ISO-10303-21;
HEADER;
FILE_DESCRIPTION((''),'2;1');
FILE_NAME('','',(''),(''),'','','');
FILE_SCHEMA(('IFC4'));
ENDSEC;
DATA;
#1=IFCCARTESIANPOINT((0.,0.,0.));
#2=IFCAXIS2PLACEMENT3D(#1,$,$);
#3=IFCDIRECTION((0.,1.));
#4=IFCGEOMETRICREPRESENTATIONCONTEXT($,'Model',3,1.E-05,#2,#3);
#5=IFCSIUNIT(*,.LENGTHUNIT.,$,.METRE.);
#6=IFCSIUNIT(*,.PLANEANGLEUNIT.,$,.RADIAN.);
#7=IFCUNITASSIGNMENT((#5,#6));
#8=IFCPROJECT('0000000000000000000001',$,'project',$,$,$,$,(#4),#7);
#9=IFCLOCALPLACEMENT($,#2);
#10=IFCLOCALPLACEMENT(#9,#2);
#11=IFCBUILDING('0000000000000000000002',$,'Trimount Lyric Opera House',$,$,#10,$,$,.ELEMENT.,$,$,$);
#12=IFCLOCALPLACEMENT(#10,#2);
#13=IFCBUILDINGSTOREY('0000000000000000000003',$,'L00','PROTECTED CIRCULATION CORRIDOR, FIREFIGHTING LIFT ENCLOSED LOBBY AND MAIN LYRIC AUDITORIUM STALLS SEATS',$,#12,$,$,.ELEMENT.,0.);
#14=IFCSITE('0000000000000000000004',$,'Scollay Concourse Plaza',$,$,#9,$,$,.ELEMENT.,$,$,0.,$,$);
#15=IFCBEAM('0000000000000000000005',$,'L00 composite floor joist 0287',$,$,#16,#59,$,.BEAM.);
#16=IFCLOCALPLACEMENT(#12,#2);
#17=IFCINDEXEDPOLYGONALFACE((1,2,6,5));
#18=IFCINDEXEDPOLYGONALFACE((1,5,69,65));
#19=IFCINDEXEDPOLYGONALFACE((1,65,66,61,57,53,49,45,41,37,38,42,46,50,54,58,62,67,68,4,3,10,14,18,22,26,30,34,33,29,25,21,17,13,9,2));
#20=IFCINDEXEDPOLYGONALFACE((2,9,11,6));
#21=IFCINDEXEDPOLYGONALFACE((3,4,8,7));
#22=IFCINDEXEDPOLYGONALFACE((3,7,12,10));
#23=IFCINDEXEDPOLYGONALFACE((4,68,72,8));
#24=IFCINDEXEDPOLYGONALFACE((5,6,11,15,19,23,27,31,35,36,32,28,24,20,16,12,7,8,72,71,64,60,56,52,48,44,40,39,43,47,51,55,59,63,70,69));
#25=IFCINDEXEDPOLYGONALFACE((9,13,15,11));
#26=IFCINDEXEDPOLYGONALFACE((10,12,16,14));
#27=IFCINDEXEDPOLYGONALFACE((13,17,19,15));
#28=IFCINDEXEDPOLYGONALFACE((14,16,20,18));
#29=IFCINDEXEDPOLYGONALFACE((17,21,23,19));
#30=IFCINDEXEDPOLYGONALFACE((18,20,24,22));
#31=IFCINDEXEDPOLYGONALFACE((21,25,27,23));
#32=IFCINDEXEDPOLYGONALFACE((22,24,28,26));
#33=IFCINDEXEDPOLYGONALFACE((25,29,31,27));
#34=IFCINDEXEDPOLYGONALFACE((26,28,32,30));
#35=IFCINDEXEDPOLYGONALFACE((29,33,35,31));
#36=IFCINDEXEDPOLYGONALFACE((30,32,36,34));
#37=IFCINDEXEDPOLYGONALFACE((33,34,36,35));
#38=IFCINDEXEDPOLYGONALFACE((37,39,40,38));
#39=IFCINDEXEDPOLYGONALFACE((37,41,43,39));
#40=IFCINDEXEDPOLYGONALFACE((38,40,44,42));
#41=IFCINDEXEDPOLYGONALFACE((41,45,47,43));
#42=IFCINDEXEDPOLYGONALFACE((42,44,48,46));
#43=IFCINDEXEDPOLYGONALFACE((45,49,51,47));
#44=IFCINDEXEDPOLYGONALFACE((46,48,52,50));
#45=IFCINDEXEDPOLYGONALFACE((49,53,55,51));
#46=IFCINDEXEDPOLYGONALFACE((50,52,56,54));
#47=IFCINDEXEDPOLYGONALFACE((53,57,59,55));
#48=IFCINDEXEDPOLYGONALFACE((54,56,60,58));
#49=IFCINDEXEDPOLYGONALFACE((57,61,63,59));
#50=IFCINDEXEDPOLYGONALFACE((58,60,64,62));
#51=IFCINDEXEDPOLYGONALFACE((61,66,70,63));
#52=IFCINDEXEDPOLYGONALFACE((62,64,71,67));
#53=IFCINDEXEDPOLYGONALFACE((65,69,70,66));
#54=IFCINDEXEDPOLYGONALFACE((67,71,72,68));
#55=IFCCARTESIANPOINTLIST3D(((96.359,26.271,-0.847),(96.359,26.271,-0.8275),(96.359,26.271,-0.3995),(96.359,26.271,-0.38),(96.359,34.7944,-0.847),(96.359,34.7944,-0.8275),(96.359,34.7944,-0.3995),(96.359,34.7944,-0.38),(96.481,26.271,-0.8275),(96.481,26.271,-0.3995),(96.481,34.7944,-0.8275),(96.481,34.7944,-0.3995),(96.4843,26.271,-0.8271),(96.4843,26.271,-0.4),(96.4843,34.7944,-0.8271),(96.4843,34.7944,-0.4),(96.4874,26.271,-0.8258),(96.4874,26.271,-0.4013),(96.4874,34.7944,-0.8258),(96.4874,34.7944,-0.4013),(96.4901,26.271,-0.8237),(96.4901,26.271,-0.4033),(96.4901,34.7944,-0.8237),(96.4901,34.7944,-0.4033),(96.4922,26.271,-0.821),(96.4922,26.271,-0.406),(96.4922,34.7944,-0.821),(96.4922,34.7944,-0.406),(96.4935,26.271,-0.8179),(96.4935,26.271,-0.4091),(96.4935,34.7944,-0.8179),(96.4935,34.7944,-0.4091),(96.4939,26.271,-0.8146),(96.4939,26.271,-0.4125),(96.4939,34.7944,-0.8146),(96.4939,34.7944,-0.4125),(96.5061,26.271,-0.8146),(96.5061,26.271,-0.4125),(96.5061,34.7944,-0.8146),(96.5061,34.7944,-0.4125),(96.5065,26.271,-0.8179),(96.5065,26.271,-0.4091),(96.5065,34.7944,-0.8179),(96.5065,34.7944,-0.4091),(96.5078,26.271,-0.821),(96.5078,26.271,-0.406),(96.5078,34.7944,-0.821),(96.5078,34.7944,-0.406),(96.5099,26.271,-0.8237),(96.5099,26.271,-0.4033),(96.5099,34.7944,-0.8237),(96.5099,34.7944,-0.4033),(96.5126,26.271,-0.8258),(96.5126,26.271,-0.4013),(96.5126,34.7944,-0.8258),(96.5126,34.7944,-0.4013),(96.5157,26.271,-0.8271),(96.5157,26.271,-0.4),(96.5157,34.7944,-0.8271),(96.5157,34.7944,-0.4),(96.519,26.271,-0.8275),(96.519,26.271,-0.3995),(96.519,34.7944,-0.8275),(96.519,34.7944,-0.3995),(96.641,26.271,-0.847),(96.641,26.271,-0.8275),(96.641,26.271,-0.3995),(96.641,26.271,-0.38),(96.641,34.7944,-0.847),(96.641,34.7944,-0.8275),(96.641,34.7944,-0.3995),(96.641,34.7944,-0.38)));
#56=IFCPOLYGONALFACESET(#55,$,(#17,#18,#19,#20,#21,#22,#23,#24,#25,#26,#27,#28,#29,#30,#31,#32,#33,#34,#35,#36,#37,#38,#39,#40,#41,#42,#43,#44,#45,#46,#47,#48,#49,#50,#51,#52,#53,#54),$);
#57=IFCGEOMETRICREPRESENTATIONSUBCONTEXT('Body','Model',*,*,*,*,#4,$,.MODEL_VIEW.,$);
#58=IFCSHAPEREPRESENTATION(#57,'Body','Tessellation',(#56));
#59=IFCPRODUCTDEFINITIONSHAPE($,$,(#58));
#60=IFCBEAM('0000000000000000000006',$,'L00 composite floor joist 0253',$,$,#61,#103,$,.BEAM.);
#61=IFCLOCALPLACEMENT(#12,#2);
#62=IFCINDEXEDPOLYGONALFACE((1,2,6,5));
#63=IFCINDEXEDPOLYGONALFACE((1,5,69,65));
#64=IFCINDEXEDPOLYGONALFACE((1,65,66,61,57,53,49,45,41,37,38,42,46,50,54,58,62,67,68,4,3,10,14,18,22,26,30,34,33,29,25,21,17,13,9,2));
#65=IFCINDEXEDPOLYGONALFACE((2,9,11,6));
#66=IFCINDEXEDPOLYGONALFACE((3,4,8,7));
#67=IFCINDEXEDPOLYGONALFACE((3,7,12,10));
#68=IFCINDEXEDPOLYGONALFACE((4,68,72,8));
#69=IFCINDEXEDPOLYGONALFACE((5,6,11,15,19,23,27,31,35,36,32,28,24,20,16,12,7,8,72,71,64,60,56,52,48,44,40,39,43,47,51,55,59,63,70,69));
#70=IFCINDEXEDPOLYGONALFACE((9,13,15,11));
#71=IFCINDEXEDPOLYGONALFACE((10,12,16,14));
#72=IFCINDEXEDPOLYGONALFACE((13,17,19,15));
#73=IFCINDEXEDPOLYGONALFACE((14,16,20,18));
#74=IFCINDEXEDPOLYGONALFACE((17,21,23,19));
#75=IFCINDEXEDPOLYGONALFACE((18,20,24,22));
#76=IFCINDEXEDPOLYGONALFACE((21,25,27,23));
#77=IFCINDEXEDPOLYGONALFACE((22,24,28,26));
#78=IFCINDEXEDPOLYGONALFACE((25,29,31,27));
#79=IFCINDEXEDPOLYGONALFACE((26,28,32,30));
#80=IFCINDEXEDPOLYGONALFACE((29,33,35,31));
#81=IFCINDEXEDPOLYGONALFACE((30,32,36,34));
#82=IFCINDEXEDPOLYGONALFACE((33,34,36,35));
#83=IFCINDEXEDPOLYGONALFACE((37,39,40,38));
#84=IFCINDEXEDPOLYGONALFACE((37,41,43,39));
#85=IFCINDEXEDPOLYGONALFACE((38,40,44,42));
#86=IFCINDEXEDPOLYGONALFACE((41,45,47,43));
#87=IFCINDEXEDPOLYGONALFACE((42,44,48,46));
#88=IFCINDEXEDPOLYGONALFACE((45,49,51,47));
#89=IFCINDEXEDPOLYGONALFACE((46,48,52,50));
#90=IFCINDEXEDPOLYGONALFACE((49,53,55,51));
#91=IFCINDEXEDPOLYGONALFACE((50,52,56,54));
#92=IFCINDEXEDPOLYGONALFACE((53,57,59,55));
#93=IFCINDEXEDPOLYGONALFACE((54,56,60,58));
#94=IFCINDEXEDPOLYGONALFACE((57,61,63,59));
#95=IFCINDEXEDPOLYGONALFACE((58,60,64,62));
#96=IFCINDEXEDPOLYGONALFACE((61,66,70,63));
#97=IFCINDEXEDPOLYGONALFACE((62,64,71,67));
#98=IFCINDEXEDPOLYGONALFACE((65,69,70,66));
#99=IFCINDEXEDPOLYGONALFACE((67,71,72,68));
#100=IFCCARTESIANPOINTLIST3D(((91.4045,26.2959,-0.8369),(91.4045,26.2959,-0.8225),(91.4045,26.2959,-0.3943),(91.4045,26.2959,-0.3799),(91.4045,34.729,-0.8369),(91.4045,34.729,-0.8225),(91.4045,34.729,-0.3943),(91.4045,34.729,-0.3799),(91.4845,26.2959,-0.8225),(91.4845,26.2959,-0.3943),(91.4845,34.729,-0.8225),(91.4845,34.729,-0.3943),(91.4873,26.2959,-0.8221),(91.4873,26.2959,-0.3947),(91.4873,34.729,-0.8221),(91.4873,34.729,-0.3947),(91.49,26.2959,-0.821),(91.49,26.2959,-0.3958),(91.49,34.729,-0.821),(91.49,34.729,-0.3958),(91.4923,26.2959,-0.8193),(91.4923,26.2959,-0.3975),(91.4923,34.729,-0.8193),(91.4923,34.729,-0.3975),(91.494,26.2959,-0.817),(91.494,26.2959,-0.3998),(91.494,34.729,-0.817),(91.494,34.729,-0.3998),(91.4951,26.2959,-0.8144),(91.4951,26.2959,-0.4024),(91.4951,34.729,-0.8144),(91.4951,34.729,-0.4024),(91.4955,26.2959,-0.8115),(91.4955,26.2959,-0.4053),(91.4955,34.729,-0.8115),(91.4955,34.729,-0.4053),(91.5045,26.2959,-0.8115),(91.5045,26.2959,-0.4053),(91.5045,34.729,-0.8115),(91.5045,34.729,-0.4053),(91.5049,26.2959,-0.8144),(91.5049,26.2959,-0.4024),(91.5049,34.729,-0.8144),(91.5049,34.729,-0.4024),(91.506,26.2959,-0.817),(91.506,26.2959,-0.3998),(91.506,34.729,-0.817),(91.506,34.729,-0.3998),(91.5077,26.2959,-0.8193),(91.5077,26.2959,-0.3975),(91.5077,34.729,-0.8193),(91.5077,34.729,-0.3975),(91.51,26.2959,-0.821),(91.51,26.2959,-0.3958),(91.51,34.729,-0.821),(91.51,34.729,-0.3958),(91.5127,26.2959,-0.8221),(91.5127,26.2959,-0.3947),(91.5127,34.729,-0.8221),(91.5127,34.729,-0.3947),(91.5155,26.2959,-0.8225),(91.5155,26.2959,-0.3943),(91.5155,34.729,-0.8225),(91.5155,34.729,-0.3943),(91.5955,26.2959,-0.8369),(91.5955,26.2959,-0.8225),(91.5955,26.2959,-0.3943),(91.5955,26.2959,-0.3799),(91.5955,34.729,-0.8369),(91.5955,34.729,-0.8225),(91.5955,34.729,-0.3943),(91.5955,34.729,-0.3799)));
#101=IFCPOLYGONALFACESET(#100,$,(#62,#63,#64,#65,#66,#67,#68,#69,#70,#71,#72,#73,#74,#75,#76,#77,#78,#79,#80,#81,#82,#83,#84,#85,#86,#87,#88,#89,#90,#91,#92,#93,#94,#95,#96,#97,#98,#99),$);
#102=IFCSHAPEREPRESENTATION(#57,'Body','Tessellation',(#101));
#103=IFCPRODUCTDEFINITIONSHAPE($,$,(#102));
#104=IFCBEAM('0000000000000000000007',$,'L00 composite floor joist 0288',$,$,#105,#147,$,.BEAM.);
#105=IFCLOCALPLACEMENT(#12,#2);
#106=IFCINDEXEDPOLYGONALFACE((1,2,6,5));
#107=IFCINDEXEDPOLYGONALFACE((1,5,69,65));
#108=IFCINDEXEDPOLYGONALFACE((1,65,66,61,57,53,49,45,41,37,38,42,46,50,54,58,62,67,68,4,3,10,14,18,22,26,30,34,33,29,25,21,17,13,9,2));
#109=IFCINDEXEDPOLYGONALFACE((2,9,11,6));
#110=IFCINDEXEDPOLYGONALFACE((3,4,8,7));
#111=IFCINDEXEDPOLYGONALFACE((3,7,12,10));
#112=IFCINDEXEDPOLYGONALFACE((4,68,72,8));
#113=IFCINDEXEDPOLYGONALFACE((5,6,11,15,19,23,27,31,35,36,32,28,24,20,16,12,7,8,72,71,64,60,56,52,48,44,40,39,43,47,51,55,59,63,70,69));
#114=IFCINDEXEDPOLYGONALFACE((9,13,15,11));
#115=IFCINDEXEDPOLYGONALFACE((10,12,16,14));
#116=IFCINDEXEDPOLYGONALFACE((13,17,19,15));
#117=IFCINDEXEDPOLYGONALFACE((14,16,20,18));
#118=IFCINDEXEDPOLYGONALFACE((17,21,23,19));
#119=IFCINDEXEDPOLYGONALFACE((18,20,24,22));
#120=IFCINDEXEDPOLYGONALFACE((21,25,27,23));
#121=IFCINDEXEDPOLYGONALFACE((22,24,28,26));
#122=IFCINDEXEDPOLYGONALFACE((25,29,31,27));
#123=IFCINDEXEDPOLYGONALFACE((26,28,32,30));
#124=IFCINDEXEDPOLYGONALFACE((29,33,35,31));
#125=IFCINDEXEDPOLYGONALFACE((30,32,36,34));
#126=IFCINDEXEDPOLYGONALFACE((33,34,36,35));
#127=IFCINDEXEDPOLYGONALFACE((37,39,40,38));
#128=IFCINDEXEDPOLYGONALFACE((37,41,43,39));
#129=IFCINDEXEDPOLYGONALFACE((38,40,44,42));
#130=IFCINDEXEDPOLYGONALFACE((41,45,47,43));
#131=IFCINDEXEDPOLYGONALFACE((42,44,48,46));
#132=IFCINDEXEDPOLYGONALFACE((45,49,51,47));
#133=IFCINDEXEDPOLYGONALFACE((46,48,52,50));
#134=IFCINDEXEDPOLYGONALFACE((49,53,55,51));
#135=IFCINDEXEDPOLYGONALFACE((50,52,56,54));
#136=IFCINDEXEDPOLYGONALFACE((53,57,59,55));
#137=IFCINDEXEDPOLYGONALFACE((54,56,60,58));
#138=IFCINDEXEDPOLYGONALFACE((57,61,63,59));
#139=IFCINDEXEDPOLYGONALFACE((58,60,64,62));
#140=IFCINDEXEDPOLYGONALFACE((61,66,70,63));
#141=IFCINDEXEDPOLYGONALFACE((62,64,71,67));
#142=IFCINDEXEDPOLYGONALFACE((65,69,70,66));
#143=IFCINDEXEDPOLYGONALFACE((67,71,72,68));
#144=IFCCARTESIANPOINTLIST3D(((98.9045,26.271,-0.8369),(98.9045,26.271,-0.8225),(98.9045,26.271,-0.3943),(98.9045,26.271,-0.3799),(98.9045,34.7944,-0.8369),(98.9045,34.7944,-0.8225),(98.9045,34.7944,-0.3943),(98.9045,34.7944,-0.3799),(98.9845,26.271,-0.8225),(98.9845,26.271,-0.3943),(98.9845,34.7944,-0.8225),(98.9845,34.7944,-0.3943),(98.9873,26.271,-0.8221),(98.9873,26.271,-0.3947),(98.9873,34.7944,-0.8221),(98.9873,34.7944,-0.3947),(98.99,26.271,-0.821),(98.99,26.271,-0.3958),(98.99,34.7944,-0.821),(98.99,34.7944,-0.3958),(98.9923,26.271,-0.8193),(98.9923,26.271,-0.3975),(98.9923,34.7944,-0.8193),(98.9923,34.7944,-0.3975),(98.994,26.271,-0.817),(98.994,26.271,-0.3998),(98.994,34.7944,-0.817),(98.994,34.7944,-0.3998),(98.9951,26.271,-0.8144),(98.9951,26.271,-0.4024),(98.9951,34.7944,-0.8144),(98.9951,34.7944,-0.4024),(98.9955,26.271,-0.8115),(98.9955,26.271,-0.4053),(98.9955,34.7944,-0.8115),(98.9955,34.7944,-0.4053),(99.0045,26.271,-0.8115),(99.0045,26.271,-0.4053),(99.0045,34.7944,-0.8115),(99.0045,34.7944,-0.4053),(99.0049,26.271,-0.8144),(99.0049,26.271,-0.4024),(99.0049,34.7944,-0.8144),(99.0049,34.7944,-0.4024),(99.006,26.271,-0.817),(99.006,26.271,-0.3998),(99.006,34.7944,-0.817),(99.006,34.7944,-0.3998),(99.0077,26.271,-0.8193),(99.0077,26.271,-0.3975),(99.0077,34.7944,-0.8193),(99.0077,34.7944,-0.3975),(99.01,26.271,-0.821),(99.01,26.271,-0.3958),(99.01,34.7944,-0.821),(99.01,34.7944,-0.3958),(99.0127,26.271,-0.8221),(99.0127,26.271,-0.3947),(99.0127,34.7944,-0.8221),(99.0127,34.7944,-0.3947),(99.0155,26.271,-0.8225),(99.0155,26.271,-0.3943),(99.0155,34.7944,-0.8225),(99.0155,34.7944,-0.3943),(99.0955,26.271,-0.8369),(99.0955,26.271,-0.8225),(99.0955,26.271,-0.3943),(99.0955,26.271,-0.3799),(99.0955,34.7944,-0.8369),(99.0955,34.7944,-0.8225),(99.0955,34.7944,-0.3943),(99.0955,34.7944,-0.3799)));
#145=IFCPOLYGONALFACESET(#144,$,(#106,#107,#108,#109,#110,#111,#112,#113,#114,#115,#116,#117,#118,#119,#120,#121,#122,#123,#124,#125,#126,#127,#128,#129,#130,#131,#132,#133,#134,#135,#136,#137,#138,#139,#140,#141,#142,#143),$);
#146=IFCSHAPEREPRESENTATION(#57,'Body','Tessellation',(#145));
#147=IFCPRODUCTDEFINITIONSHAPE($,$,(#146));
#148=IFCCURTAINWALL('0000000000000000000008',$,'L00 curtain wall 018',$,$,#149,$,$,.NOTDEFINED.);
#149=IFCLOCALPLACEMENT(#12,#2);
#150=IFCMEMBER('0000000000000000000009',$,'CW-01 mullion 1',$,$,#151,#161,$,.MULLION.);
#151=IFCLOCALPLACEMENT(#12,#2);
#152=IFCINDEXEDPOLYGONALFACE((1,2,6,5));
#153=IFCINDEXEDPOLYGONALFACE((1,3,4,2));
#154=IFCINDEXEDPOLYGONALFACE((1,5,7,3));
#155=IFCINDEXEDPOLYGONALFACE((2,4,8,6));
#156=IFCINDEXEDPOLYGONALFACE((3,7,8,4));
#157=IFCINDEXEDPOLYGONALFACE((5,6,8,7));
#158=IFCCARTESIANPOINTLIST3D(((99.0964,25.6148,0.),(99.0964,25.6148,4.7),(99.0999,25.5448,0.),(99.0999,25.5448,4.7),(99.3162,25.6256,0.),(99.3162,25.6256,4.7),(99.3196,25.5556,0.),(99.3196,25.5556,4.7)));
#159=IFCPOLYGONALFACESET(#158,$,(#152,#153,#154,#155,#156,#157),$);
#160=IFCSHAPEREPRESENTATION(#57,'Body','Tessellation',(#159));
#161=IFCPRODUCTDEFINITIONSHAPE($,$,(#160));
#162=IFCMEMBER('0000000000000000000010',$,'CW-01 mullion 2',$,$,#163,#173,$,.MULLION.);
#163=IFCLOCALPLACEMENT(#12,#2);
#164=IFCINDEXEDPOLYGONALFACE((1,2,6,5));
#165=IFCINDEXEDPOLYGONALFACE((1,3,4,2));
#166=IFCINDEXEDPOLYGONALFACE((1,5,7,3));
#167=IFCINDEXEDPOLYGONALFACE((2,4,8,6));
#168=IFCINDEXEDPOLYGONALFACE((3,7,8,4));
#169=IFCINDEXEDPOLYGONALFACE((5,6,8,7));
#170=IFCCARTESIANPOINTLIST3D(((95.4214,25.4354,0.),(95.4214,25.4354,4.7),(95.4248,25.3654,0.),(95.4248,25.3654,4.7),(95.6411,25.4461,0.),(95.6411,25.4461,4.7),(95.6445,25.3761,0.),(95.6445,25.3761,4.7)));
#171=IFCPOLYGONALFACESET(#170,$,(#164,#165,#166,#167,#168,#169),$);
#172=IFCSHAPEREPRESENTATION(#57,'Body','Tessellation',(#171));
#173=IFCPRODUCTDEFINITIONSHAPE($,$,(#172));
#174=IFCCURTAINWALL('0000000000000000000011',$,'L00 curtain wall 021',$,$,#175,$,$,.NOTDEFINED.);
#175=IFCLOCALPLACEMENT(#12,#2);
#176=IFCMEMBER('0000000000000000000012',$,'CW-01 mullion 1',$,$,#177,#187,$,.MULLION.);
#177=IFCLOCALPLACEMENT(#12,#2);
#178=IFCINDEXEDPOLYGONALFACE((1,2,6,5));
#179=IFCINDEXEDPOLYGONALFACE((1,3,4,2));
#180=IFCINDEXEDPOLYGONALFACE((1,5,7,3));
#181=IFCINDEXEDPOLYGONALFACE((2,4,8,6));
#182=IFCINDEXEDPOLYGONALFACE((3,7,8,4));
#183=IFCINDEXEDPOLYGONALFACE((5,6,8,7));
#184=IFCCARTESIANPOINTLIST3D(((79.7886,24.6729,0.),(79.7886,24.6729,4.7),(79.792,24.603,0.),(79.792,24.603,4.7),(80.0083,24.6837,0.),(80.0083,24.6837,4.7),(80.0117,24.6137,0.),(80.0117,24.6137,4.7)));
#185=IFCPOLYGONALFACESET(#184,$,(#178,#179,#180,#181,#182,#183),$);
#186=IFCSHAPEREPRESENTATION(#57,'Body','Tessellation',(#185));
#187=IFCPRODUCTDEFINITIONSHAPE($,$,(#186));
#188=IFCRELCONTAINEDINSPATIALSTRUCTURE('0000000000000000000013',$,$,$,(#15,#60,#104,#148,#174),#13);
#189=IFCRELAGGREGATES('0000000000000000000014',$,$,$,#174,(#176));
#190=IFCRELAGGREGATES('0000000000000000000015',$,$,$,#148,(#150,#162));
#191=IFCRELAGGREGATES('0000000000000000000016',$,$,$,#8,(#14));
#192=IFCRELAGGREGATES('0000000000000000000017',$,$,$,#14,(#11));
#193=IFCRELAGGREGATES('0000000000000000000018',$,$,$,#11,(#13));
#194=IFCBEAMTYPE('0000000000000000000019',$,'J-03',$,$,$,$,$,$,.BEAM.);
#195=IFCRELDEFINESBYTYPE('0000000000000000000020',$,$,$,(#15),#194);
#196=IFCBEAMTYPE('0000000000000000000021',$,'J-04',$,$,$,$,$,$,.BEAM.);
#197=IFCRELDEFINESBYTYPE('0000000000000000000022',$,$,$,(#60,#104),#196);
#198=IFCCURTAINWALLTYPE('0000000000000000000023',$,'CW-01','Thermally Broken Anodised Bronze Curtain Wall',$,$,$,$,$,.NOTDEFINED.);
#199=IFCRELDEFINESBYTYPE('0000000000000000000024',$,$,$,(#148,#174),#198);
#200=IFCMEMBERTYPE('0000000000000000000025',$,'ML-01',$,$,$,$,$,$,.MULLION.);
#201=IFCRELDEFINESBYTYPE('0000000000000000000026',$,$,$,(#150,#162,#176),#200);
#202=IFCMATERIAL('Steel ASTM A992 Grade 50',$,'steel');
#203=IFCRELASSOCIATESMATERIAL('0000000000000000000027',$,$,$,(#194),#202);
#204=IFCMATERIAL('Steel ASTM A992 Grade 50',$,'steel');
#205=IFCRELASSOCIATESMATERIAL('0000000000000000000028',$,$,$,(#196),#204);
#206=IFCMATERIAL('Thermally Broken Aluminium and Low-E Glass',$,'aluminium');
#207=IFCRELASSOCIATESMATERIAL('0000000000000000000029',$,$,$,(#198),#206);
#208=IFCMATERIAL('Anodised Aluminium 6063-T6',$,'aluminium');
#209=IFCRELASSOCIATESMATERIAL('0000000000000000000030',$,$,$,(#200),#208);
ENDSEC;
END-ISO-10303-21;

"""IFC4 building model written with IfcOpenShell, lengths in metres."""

from ifc_helpers import new_model, si_unit, direction, frame, origin, origin_2d, place, context, subcontext, project, spatial, rectangle, i_section, extrude, material, material_profile, profile_set, type_object, element, aggregate, save


model = new_model("IFC4")

# Units and contexts
model_context = context("Model", 3, precision=1e-05, world=origin(), true_north=direction((0.0, 1.0)))
body_context = subcontext(model_context, "Body", "Model", "MODEL_VIEW")
ifc_project = project(units=[si_unit("LENGTHUNIT", "METRE"), si_unit("PLANEANGLEUNIT", "RADIAN")], contexts=[model_context])

# Site, building, storey
site_placement = place(None, origin())
site = spatial("IfcSite", under=ifc_project, at=site_placement, Name="Scollay Concourse Plaza", CompositionType="ELEMENT", RefElevation=0.0)
building_placement = place(site_placement, origin())
building = spatial("IfcBuilding", under=site, at=building_placement, Name="Trimount Lyric Opera House", CompositionType="ELEMENT")
storey_placement = place(building_placement, origin())
storey = spatial("IfcBuildingStorey", under=building, at=storey_placement, Name="L00", Description="PROTECTED CIRCULATION CORRIDOR, FIREFIGHTING LIFT ENCLOSED LOBBY AND MAIN LYRIC AUDITORIUM STALLS SEATS", CompositionType="ELEMENT", Elevation=0.0)

# Beams
ifc_material_1 = material(Name="Steel ASTM A992 Grade 50", Category="steel")
ifc_material_profile_1 = material_profile(ifc_material_1, i_section(OverallWidth=0.282, OverallDepth=0.467, WebThickness=0.0122, FlangeThickness=0.0195, FilletRadius=0.0129, at=origin_2d()), Name="W18X86")
ifc_profile_set_1 = profile_set([ifc_material_profile_1], Name="Steel ASTM A992 Grade 50")
beam_type_1 = type_object("IfcBeamType", Name="J-03", PredefinedType="BEAM", material=ifc_profile_set_1)
beam_1_placement = place(storey_placement, frame((96.5, 26.271, -0.6135), z_axis=(0.0, 1.0, 0.0), x_axis=(-1.0, 0.0, 0.0)))
element("IfcBeam", 1, at=beam_1_placement, inside=storey, type_object=beam_type_1, Name="L00 composite floor joist 0287", PredefinedType="BEAM", context=body_context, shape_type="SweptSolid", body=[
    extrude(i_section(OverallWidth=0.282, OverallDepth=0.467, WebThickness=0.0122, FlangeThickness=0.0195, FilletRadius=0.0129, at=origin_2d()), origin(), (0.0, 0.0, 1.0), 8.5234),
])
ifc_material_2 = material(Name="Steel ASTM A992 Grade 50", Category="steel")
ifc_material_profile_2 = material_profile(ifc_material_2, i_section(OverallWidth=0.1909, OverallDepth=0.457, WebThickness=0.009, FlangeThickness=0.0144, FilletRadius=0.011, at=origin_2d()), Name="W18X50")
ifc_profile_set_2 = profile_set([ifc_material_profile_2], Name="Steel ASTM A992 Grade 50")
beam_type_2 = type_object("IfcBeamType", Name="J-04", PredefinedType="BEAM", material=ifc_profile_set_2)
beam_2_placement = place(storey_placement, frame((91.5, 26.2959, -0.6084), z_axis=(0.0, 1.0, 0.0), x_axis=(-1.0, 0.0, 0.0)))
element("IfcBeam", 2, at=beam_2_placement, inside=storey, type_object=beam_type_2, Name="L00 composite floor joist 0253", PredefinedType="BEAM", context=body_context, shape_type="SweptSolid", body=[
    extrude(i_section(OverallWidth=0.1909, OverallDepth=0.457, WebThickness=0.009, FlangeThickness=0.0144, FilletRadius=0.011, at=origin_2d()), origin(), (0.0, 0.0, 1.0), 8.4331),
])
beam_3_placement = place(storey_placement, frame((99.0, 26.271, -0.6084), z_axis=(0.0, 1.0, 0.0), x_axis=(-1.0, 0.0, 0.0)))
element("IfcBeam", 3, at=beam_3_placement, inside=storey, type_object=beam_type_2, Name="L00 composite floor joist 0288", PredefinedType="BEAM", context=body_context, shape_type="SweptSolid", body=[
    extrude(i_section(OverallWidth=0.1909, OverallDepth=0.457, WebThickness=0.009, FlangeThickness=0.0144, FilletRadius=0.011, at=origin_2d()), origin(), (0.0, 0.0, 1.0), 8.5234),
])

# Curtain wall, members
ifc_material_3 = material(Name="Thermally Broken Aluminium and Low-E Glass", Category="aluminium")
curtain_wall_type = type_object("IfcCurtainWallType", Name="CW-01", Description="Thermally Broken Anodised Bronze Curtain Wall", PredefinedType="NOTDEFINED", material=ifc_material_3)
curtain_wall_1_placement = place(storey_placement, origin())
curtain_wall_1 = element("IfcCurtainWall", 4, at=curtain_wall_1_placement, inside=storey, type_object=curtain_wall_type, Name="L00 curtain wall 018", PredefinedType="NOTDEFINED")
ifc_material_4 = material(Name="Anodised Aluminium 6063-T6", Category="aluminium")
ifc_material_profile_3 = material_profile(ifc_material_4, rectangle(XDim=0.0701, YDim=0.22, at=origin_2d()), Name="ALU-MULL-70X220")
ifc_profile_set_3 = profile_set([ifc_material_profile_3], Name="Anodised Aluminium 6063-T6")
member_type_1 = type_object("IfcMemberType", Name="ML-01", PredefinedType="MULLION", material=ifc_profile_set_3)
member_1_placement = place(storey_placement, frame((99.208, 25.5852, 0.0), z_axis=(0.0, 0.0, 1.0), x_axis=(0.048807, -0.998808, 0.0)))
member_1 = element("IfcMember", 5, at=member_1_placement, type_object=member_type_1, Name="CW-01 mullion 1", PredefinedType="MULLION", context=body_context, shape_type="SweptSolid", body=[
    extrude(rectangle(XDim=0.0701, YDim=0.22, at=origin_2d()), origin(), (0.0, 0.0, 1.0), 4.7),
])
member_2_placement = place(storey_placement, frame((95.533, 25.4058, 0.0), z_axis=(0.0, 0.0, 1.0), x_axis=(0.048807, -0.998808, 0.0)))
member_2 = element("IfcMember", 6, at=member_2_placement, type_object=member_type_1, Name="CW-01 mullion 2", PredefinedType="MULLION", context=body_context, shape_type="SweptSolid", body=[
    extrude(rectangle(XDim=0.0701, YDim=0.22, at=origin_2d()), origin(), (0.0, 0.0, 1.0), 4.7),
])

# Curtain wall, member
curtain_wall_2_placement = place(storey_placement, origin())
curtain_wall_2 = element("IfcCurtainWall", 7, at=curtain_wall_2_placement, inside=storey, type_object=curtain_wall_type, Name="L00 curtain wall 021", PredefinedType="NOTDEFINED")
member_3_placement = place(storey_placement, frame((79.9001, 24.6433, 0.0), z_axis=(0.0, 0.0, 1.0), x_axis=(0.048679, -0.998814, 0.0)))
member_3 = element("IfcMember", 8, at=member_3_placement, type_object=member_type_1, Name="CW-01 mullion 1", PredefinedType="MULLION", context=body_context, shape_type="SweptSolid", body=[
    extrude(rectangle(XDim=0.0701, YDim=0.22, at=origin_2d()), origin(), (0.0, 0.0, 1.0), 4.7),
])

aggregate(curtain_wall_2, [member_3])

aggregate(curtain_wall_1, [member_1, member_2])

save(model, "model.ifc")
